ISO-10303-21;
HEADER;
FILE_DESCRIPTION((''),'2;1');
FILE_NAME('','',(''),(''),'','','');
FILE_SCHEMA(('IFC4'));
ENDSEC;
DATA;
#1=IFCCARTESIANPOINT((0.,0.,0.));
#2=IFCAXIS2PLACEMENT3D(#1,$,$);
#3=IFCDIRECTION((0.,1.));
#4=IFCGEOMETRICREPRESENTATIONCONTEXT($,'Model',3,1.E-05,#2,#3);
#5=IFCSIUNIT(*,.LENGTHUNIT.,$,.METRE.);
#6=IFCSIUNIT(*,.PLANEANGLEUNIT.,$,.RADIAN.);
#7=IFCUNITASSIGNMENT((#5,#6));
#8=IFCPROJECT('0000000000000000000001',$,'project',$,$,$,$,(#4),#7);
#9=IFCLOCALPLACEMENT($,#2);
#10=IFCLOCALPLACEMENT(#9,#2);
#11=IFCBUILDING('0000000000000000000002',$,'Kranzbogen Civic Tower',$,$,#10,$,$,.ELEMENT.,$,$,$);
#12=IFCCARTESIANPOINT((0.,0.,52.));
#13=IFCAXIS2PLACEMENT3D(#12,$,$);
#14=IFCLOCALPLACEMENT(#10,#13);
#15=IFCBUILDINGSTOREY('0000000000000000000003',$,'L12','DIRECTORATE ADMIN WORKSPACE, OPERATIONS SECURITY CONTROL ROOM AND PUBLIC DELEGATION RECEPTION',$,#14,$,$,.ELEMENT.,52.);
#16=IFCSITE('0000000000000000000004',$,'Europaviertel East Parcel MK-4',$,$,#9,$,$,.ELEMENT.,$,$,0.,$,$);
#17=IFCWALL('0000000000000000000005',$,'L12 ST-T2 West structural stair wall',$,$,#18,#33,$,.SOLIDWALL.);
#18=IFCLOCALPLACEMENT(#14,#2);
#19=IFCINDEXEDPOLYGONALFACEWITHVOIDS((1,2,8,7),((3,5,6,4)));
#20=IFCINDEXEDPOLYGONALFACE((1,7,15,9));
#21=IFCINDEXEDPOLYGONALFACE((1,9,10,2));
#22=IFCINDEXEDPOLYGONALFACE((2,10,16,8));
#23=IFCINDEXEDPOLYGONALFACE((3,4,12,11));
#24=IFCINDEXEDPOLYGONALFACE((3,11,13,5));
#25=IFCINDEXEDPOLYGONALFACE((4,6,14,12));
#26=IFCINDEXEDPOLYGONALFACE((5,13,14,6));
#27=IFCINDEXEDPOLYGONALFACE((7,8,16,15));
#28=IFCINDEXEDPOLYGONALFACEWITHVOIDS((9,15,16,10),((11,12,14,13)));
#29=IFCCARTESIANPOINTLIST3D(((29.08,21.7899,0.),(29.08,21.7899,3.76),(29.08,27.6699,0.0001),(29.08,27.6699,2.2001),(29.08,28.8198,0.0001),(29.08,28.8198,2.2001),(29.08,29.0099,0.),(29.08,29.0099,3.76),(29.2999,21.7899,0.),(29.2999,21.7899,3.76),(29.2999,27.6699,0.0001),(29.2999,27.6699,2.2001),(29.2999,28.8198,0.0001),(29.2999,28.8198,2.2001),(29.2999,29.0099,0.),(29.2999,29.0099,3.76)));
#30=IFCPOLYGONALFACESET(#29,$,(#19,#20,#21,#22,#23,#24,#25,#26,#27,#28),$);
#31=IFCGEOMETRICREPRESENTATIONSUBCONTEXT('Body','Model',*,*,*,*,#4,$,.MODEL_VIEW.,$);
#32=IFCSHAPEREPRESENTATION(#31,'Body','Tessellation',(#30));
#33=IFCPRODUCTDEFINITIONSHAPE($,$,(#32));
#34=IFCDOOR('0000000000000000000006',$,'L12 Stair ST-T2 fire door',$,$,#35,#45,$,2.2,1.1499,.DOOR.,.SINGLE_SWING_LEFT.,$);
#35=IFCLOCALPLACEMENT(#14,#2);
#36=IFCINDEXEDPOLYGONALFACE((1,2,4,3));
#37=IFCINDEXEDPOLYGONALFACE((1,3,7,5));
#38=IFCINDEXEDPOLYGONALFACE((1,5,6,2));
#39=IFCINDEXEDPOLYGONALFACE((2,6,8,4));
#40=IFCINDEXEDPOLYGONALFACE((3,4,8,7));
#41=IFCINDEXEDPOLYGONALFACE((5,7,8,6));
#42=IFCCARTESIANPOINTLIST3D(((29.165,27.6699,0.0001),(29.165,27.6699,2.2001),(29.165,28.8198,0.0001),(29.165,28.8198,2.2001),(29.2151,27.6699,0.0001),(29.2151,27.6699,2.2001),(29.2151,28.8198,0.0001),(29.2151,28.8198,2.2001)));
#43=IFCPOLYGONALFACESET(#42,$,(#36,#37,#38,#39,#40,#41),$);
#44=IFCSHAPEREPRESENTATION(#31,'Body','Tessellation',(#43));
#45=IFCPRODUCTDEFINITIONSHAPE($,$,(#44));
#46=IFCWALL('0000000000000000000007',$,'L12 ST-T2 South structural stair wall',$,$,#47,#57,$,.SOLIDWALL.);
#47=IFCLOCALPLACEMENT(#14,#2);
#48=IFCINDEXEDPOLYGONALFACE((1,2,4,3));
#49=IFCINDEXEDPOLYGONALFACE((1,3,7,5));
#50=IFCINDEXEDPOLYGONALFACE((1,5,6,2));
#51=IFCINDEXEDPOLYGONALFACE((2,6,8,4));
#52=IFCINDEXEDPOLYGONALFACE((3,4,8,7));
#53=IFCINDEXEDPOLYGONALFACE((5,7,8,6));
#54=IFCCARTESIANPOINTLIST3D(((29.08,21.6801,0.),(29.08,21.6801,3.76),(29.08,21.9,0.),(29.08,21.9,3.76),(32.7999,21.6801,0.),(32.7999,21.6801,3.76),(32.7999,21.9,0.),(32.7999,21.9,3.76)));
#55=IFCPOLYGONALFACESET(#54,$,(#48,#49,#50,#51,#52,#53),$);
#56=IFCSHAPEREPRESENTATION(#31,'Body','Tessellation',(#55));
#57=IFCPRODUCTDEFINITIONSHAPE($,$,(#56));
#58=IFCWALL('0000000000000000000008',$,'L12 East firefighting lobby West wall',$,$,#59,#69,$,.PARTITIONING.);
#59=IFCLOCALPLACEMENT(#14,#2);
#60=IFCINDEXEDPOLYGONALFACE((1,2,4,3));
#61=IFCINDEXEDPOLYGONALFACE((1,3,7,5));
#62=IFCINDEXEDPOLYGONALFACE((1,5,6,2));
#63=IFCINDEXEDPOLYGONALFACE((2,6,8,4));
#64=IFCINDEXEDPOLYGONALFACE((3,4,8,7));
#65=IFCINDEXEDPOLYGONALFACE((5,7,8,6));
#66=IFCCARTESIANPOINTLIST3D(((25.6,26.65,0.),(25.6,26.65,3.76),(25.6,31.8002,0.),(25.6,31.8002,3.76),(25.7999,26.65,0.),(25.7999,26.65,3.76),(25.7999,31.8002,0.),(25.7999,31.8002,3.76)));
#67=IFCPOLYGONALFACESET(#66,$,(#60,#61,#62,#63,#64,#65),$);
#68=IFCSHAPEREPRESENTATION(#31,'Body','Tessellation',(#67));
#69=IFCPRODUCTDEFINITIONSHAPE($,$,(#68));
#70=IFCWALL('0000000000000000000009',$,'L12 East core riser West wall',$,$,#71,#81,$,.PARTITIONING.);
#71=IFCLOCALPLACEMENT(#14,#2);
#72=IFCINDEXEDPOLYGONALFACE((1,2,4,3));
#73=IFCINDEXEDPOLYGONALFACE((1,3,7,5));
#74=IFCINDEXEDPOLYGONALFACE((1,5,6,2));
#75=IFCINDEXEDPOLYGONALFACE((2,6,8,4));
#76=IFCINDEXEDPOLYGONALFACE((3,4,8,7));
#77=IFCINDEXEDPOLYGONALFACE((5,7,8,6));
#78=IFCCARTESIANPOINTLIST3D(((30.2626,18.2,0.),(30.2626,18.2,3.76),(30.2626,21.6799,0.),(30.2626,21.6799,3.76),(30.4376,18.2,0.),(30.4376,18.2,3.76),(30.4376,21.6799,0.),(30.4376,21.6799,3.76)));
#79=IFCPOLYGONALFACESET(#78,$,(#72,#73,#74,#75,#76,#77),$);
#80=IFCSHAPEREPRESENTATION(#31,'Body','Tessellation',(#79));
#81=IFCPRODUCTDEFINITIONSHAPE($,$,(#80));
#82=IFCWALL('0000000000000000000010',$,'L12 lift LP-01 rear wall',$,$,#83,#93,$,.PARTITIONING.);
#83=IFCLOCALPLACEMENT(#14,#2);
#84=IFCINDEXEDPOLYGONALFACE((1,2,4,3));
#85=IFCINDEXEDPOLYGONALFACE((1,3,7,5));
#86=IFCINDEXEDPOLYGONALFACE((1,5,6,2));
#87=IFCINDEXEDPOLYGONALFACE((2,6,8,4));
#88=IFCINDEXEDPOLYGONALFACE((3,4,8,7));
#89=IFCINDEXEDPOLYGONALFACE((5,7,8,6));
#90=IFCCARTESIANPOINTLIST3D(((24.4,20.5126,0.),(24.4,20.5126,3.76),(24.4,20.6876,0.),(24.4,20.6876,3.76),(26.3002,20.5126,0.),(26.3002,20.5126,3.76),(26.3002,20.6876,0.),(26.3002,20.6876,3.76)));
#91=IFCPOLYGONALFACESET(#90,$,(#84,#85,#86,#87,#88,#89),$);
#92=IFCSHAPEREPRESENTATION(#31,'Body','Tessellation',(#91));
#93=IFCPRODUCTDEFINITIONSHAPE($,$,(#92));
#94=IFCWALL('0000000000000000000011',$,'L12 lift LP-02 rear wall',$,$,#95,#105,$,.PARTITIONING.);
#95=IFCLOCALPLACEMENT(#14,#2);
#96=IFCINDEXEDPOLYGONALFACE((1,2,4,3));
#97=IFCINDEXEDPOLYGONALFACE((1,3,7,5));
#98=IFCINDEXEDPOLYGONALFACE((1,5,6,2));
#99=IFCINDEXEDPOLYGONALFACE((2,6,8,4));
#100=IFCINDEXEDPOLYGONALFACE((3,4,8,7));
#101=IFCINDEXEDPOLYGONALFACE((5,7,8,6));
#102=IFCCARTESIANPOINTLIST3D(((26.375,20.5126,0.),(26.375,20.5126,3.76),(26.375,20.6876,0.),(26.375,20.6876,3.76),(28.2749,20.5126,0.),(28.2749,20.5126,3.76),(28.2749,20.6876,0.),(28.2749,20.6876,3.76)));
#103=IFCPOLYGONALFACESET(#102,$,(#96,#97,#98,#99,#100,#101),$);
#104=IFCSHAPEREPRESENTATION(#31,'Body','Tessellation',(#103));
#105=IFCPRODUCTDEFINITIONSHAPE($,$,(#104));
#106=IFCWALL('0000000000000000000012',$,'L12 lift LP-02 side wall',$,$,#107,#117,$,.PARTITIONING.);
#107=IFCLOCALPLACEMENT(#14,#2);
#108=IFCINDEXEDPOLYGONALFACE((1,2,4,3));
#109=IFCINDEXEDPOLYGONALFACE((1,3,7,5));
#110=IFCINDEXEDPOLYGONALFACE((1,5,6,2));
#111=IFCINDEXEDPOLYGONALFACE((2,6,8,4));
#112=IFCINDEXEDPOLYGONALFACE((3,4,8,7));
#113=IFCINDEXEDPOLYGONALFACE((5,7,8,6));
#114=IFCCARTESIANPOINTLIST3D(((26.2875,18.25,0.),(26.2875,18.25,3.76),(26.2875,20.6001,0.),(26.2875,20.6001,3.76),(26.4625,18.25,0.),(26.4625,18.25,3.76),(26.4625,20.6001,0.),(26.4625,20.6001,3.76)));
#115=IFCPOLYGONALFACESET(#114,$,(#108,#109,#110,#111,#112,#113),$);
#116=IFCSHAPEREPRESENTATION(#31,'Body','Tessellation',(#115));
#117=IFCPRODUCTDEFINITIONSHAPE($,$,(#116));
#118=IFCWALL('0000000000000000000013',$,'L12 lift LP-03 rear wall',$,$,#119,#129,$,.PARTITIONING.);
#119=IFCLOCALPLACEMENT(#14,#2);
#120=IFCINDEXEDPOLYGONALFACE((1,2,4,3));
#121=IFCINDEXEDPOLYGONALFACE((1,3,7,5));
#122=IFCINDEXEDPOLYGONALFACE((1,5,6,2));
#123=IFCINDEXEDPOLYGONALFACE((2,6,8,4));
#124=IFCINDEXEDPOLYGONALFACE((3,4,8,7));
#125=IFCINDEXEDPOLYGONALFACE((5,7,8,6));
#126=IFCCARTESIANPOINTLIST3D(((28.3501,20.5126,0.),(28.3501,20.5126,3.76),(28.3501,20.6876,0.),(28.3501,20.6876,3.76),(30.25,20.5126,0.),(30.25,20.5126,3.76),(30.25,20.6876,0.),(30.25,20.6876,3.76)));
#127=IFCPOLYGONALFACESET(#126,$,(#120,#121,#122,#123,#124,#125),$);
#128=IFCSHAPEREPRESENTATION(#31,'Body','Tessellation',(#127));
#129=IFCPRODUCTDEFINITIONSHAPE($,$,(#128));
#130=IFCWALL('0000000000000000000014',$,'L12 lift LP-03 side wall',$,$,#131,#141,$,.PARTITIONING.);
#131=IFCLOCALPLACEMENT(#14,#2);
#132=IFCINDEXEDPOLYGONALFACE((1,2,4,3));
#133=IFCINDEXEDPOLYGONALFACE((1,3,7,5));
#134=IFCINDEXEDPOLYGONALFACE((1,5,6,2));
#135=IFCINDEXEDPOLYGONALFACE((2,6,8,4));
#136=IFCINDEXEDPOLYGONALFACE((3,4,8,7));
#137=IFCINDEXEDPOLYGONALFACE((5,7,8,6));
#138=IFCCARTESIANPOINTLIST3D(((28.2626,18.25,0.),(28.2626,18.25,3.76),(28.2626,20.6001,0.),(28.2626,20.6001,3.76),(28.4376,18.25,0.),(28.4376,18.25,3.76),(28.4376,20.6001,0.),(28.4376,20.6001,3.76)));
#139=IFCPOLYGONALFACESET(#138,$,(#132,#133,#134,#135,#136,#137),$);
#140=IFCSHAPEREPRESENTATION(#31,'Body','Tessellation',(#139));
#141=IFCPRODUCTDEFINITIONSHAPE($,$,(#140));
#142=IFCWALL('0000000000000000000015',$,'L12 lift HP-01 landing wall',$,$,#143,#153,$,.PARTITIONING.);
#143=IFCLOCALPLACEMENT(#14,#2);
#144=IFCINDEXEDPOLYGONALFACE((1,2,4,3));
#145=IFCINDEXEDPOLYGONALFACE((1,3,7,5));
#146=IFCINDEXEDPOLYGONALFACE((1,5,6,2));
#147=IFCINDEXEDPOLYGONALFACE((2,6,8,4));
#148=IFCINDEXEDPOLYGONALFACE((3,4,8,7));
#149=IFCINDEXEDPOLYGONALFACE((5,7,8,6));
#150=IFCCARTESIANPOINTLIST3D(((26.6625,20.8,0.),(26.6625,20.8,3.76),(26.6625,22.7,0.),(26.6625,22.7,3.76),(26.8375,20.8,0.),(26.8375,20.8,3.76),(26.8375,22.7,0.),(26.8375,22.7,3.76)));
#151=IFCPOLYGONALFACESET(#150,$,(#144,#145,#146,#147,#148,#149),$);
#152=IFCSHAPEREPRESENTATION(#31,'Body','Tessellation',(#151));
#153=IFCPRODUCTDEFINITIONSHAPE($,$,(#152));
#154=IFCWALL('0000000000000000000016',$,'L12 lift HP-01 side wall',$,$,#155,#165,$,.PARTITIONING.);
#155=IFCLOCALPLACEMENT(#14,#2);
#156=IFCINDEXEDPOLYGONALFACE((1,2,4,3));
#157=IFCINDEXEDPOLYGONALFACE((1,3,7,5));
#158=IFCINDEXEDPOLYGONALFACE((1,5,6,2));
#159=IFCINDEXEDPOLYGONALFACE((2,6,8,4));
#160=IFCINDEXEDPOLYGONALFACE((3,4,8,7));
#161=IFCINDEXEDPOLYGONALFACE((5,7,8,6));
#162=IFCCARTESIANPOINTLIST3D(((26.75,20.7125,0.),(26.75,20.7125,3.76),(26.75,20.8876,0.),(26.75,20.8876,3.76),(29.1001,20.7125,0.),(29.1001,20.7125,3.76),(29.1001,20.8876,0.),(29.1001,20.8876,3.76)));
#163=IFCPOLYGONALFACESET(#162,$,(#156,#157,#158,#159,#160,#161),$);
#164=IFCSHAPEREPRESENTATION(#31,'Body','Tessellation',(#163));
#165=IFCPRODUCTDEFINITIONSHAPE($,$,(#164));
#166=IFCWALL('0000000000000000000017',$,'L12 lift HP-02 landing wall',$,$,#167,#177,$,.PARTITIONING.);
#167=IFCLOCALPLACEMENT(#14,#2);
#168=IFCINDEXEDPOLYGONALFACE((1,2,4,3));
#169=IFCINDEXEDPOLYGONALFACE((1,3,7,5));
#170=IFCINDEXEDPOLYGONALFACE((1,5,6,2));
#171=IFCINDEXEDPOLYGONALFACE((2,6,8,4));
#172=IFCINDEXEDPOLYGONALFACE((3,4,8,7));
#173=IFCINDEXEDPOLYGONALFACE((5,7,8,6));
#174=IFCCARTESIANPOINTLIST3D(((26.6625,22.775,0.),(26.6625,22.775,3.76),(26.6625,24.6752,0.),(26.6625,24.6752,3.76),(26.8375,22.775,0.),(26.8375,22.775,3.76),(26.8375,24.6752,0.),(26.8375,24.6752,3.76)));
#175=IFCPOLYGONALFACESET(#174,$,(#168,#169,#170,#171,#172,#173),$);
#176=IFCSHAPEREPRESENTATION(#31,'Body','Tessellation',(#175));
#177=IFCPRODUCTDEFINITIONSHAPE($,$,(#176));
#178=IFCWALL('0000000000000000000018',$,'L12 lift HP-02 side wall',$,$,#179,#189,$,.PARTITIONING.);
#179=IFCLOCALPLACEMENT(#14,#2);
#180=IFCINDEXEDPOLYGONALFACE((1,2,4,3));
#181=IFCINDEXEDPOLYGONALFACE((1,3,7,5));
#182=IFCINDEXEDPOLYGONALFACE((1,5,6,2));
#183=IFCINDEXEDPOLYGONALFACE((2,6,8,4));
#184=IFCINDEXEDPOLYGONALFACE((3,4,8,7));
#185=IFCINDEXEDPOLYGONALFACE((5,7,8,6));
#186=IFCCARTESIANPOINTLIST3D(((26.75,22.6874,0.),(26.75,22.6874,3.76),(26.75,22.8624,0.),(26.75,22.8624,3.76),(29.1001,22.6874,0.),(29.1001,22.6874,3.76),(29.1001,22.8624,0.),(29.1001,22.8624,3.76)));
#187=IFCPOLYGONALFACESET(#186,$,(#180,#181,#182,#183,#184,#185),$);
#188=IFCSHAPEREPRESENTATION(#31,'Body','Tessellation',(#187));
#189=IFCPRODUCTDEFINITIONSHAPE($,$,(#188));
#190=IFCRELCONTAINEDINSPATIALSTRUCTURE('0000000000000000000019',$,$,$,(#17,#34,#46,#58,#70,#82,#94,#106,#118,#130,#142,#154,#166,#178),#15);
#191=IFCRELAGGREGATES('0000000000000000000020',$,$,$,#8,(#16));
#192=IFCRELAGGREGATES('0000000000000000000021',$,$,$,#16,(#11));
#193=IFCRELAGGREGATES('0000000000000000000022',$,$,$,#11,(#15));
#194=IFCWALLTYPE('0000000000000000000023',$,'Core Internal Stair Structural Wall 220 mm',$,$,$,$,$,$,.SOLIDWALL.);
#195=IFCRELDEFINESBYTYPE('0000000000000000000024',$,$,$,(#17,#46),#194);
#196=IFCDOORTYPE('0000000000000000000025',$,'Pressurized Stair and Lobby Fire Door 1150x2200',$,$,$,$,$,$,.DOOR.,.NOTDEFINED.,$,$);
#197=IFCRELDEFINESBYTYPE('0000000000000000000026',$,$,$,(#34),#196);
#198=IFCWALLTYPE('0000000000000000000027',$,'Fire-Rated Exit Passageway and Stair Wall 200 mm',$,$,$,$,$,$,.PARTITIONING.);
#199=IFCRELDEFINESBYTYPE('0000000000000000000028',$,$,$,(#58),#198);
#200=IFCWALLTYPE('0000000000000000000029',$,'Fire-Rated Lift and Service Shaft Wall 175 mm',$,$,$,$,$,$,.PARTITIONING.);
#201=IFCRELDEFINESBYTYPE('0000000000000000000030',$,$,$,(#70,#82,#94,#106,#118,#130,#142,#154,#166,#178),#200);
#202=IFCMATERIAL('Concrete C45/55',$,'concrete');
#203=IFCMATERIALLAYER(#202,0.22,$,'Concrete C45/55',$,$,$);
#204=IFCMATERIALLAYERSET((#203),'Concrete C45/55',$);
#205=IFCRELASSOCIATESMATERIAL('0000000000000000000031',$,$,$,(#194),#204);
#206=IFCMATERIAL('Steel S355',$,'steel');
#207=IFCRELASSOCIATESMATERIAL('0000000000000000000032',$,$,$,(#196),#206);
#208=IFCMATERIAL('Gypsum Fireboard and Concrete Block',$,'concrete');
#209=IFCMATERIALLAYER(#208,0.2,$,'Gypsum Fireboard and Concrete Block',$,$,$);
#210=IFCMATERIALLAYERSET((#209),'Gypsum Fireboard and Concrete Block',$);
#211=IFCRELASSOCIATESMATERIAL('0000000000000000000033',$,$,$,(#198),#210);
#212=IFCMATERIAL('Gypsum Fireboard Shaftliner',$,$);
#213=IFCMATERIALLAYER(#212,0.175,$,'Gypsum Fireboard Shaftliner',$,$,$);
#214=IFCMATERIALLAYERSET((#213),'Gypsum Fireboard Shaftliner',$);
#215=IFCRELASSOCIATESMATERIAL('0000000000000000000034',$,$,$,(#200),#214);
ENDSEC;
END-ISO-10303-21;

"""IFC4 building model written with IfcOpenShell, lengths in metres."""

from ifc_helpers import new_model, si_unit, direction, frame, frame_2d, origin, place, context, subcontext, project, spatial, rectangle, extrude, material, layer, layer_set, type_object, element, fill, save


model = new_model("IFC4")

# Units and contexts
model_context = context("Model", 3, precision=1e-05, world=origin(), true_north=direction((0.0, 1.0)))
body_context = subcontext(model_context, "Body", "Model", "MODEL_VIEW")
ifc_project = project(units=[si_unit("LENGTHUNIT", "METRE"), si_unit("PLANEANGLEUNIT", "RADIAN")], contexts=[model_context])

# Site, building, storey
site_placement = place(None, origin())
site = spatial("IfcSite", under=ifc_project, at=site_placement, Name="Europaviertel East Parcel MK-4", CompositionType="ELEMENT", RefElevation=0.0)
building_placement = place(site_placement, origin())
building = spatial("IfcBuilding", under=site, at=building_placement, Name="Kranzbogen Civic Tower", CompositionType="ELEMENT")
storey_placement = place(building_placement, frame((0.0, 0.0, 52.0)))
storey = spatial("IfcBuildingStorey", under=building, at=storey_placement, Name="L12", Description="DIRECTORATE ADMIN WORKSPACE, OPERATIONS SECURITY CONTROL ROOM AND PUBLIC DELEGATION RECEPTION", CompositionType="ELEMENT", Elevation=52.0)

# Shared definitions
ifc_material_1 = material(Name="Steel S355", Category="steel")

# Wall, opening, door
ifc_material_2 = material(Name="Concrete C45/55", Category="concrete")
ifc_layer_1 = layer(ifc_material_2, 0.22, Name="Concrete C45/55")
ifc_layer_set_1 = layer_set([ifc_layer_1], Name="Concrete C45/55")
wall_type_1 = type_object("IfcWallType", Name="Core Internal Stair Structural Wall 220 mm", PredefinedType="SOLIDWALL", material=ifc_layer_set_1)
wall_1_placement = place(storey_placement, frame((29.1899, 21.79, 0.0), z_axis=(0.0, 0.0, 1.0), x_axis=(0.0, 1.0, 0.0)))
wall_1 = element("IfcWall", 1, at=wall_1_placement, inside=storey, type_object=wall_type_1, Name="L12 ST-T2 West structural stair wall", PredefinedType="SOLIDWALL", context=body_context, shape_type="SweptSolid", body=[
    extrude(rectangle(XDim=7.22, YDim=0.22, at=frame_2d((3.6099, 0.0))), origin(), (0.0, 0.0, 1.0), 3.76),
])
opening_1_placement = place(wall_1_placement, frame((5.8799, 0.0, 0.0)))
opening_1 = element("IfcOpeningElement", 2, at=opening_1_placement, cuts=wall_1, PredefinedType="OPENING", context=body_context, shape_type="SweptSolid", body=[
    extrude(rectangle(XDim=1.1499, YDim=2.2, at=frame_2d((0.575, 1.1001))), frame((0.0, 0.1201, 0.0), z_axis=(0.0, -1.0, 0.0), x_axis=(1.0, 0.0, 0.0)), (0.0, 0.0, 1.0), 0.24),
])
door_type_1 = type_object("IfcDoorType", Name="Pressurized Stair and Lobby Fire Door 1150x2200", OperationType="NOTDEFINED", PredefinedType="DOOR", material=ifc_material_1)
door_1_placement = place(opening_1_placement, origin())
door_1 = element("IfcDoor", 3, at=door_1_placement, inside=storey, type_object=door_type_1, Name="L12 Stair ST-T2 fire door", OperationType="SINGLE_SWING_LEFT", OverallHeight=2.2, OverallWidth=1.1499, PredefinedType="DOOR", context=body_context, shape_type="SweptSolid", body=[
    extrude(rectangle(XDim=1.1499, YDim=2.2, at=frame_2d((0.575, 1.1001))), frame((0.0, 0.0249, 0.0), z_axis=(0.0, -1.0, 0.0), x_axis=(1.0, 0.0, 0.0)), (0.0, 0.0, 1.0), 0.05),
])
fill(opening_1, door_1)

# Walls
wall_2_placement = place(storey_placement, frame((29.0801, 21.79, 0.0), z_axis=(0.0, 0.0, 1.0), x_axis=(1.0, 0.0, 0.0)))
element("IfcWall", 4, at=wall_2_placement, inside=storey, type_object=wall_type_1, Name="L12 ST-T2 South structural stair wall", PredefinedType="SOLIDWALL", context=body_context, shape_type="SweptSolid", body=[
    extrude(rectangle(XDim=3.72, YDim=0.22, at=frame_2d((1.8599, 0.0))), origin(), (0.0, 0.0, 1.0), 3.76),
])
ifc_material_3 = material(Name="Gypsum Fireboard and Concrete Block", Category="concrete")
ifc_layer_2 = layer(ifc_material_3, 0.2, Name="Gypsum Fireboard and Concrete Block")
ifc_layer_set_2 = layer_set([ifc_layer_2], Name="Gypsum Fireboard and Concrete Block")
wall_type_2 = type_object("IfcWallType", Name="Fire-Rated Exit Passageway and Stair Wall 200 mm", PredefinedType="PARTITIONING", material=ifc_layer_set_2)
wall_3_placement = place(storey_placement, frame((25.7, 26.6499, 0.0), z_axis=(0.0, 0.0, 1.0), x_axis=(0.0, 1.0, 0.0)))
element("IfcWall", 5, at=wall_3_placement, inside=storey, type_object=wall_type_2, Name="L12 East firefighting lobby West wall", PredefinedType="PARTITIONING", context=body_context, shape_type="SweptSolid", body=[
    extrude(rectangle(XDim=5.1501, YDim=0.2, at=frame_2d((2.5752, 0.0))), origin(), (0.0, 0.0, 1.0), 3.76),
])
ifc_material_4 = material(Name="Gypsum Fireboard Shaftliner")
ifc_layer_3 = layer(ifc_material_4, 0.175, Name="Gypsum Fireboard Shaftliner")
ifc_layer_set_3 = layer_set([ifc_layer_3], Name="Gypsum Fireboard Shaftliner")
wall_type_3 = type_object("IfcWallType", Name="Fire-Rated Lift and Service Shaft Wall 175 mm", PredefinedType="PARTITIONING", material=ifc_layer_set_3)
wall_4_placement = place(storey_placement, frame((30.3501, 18.2, 0.0), z_axis=(0.0, 0.0, 1.0), x_axis=(0.0, 1.0, 0.0)))
element("IfcWall", 6, at=wall_4_placement, inside=storey, type_object=wall_type_3, Name="L12 East core riser West wall", PredefinedType="PARTITIONING", context=body_context, shape_type="SweptSolid", body=[
    extrude(rectangle(XDim=3.48, YDim=0.175, at=frame_2d((1.74, 0.0))), origin(), (0.0, 0.0, 1.0), 3.76),
])
wall_5_placement = place(storey_placement, frame((24.3999, 20.6001, 0.0), z_axis=(0.0, 0.0, 1.0), x_axis=(1.0, 0.0, 0.0)))
element("IfcWall", 7, at=wall_5_placement, inside=storey, type_object=wall_type_3, Name="L12 lift LP-01 rear wall", PredefinedType="PARTITIONING", context=body_context, shape_type="SweptSolid", body=[
    extrude(rectangle(XDim=1.9001, YDim=0.175, at=frame_2d((0.9502, 0.0))), origin(), (0.0, 0.0, 1.0), 3.76),
])
wall_6_placement = place(storey_placement, frame((26.375, 20.6001, 0.0), z_axis=(0.0, 0.0, 1.0), x_axis=(1.0, 0.0, 0.0)))
element("IfcWall", 8, at=wall_6_placement, inside=storey, type_object=wall_type_3, Name="L12 lift LP-02 rear wall", PredefinedType="PARTITIONING", context=body_context, shape_type="SweptSolid", body=[
    extrude(rectangle(XDim=1.8999, YDim=0.175, at=frame_2d((0.95, 0.0))), origin(), (0.0, 0.0, 1.0), 3.76),
])
wall_7_placement = place(storey_placement, frame((26.375, 18.25, 0.0), z_axis=(0.0, 0.0, 1.0), x_axis=(0.0, 1.0, 0.0)))
element("IfcWall", 9, at=wall_7_placement, inside=storey, type_object=wall_type_3, Name="L12 lift LP-02 side wall", PredefinedType="PARTITIONING", context=body_context, shape_type="SweptSolid", body=[
    extrude(rectangle(XDim=2.3501, YDim=0.175, at=frame_2d((1.175, 0.0))), origin(), (0.0, 0.0, 1.0), 3.76),
])
wall_8_placement = place(storey_placement, frame((28.3501, 20.6001, 0.0), z_axis=(0.0, 0.0, 1.0), x_axis=(1.0, 0.0, 0.0)))
element("IfcWall", 10, at=wall_8_placement, inside=storey, type_object=wall_type_3, Name="L12 lift LP-03 rear wall", PredefinedType="PARTITIONING", context=body_context, shape_type="SweptSolid", body=[
    extrude(rectangle(XDim=1.8999, YDim=0.175, at=frame_2d((0.95, 0.0))), origin(), (0.0, 0.0, 1.0), 3.76),
])
wall_9_placement = place(storey_placement, frame((28.3501, 18.25, 0.0), z_axis=(0.0, 0.0, 1.0), x_axis=(0.0, 1.0, 0.0)))
element("IfcWall", 11, at=wall_9_placement, inside=storey, type_object=wall_type_3, Name="L12 lift LP-03 side wall", PredefinedType="PARTITIONING", context=body_context, shape_type="SweptSolid", body=[
    extrude(rectangle(XDim=2.3501, YDim=0.175, at=frame_2d((1.175, 0.0))), origin(), (0.0, 0.0, 1.0), 3.76),
])
wall_10_placement = place(storey_placement, frame((26.75, 20.8, 0.0), z_axis=(0.0, 0.0, 1.0), x_axis=(0.0, 1.0, 0.0)))
element("IfcWall", 12, at=wall_10_placement, inside=storey, type_object=wall_type_3, Name="L12 lift HP-01 landing wall", PredefinedType="PARTITIONING", context=body_context, shape_type="SweptSolid", body=[
    extrude(rectangle(XDim=1.8999, YDim=0.175, at=frame_2d((0.95, 0.0))), origin(), (0.0, 0.0, 1.0), 3.76),
])
wall_11_placement = place(storey_placement, frame((26.75, 20.8, 0.0), z_axis=(0.0, 0.0, 1.0), x_axis=(1.0, 0.0, 0.0)))
element("IfcWall", 13, at=wall_11_placement, inside=storey, type_object=wall_type_3, Name="L12 lift HP-01 side wall", PredefinedType="PARTITIONING", context=body_context, shape_type="SweptSolid", body=[
    extrude(rectangle(XDim=2.3501, YDim=0.175, at=frame_2d((1.175, 0.0))), origin(), (0.0, 0.0, 1.0), 3.76),
])
wall_12_placement = place(storey_placement, frame((26.75, 22.7749, 0.0), z_axis=(0.0, 0.0, 1.0), x_axis=(0.0, 1.0, 0.0)))
element("IfcWall", 14, at=wall_12_placement, inside=storey, type_object=wall_type_3, Name="L12 lift HP-02 landing wall", PredefinedType="PARTITIONING", context=body_context, shape_type="SweptSolid", body=[
    extrude(rectangle(XDim=1.9001, YDim=0.175, at=frame_2d((0.9502, 0.0))), origin(), (0.0, 0.0, 1.0), 3.76),
])
wall_13_placement = place(storey_placement, frame((26.75, 22.7749, 0.0), z_axis=(0.0, 0.0, 1.0), x_axis=(1.0, 0.0, 0.0)))
element("IfcWall", 15, at=wall_13_placement, inside=storey, type_object=wall_type_3, Name="L12 lift HP-02 side wall", PredefinedType="PARTITIONING", context=body_context, shape_type="SweptSolid", body=[
    extrude(rectangle(XDim=2.3501, YDim=0.175, at=frame_2d((1.175, 0.0))), origin(), (0.0, 0.0, 1.0), 3.76),
])

save(model, "model.ifc")
